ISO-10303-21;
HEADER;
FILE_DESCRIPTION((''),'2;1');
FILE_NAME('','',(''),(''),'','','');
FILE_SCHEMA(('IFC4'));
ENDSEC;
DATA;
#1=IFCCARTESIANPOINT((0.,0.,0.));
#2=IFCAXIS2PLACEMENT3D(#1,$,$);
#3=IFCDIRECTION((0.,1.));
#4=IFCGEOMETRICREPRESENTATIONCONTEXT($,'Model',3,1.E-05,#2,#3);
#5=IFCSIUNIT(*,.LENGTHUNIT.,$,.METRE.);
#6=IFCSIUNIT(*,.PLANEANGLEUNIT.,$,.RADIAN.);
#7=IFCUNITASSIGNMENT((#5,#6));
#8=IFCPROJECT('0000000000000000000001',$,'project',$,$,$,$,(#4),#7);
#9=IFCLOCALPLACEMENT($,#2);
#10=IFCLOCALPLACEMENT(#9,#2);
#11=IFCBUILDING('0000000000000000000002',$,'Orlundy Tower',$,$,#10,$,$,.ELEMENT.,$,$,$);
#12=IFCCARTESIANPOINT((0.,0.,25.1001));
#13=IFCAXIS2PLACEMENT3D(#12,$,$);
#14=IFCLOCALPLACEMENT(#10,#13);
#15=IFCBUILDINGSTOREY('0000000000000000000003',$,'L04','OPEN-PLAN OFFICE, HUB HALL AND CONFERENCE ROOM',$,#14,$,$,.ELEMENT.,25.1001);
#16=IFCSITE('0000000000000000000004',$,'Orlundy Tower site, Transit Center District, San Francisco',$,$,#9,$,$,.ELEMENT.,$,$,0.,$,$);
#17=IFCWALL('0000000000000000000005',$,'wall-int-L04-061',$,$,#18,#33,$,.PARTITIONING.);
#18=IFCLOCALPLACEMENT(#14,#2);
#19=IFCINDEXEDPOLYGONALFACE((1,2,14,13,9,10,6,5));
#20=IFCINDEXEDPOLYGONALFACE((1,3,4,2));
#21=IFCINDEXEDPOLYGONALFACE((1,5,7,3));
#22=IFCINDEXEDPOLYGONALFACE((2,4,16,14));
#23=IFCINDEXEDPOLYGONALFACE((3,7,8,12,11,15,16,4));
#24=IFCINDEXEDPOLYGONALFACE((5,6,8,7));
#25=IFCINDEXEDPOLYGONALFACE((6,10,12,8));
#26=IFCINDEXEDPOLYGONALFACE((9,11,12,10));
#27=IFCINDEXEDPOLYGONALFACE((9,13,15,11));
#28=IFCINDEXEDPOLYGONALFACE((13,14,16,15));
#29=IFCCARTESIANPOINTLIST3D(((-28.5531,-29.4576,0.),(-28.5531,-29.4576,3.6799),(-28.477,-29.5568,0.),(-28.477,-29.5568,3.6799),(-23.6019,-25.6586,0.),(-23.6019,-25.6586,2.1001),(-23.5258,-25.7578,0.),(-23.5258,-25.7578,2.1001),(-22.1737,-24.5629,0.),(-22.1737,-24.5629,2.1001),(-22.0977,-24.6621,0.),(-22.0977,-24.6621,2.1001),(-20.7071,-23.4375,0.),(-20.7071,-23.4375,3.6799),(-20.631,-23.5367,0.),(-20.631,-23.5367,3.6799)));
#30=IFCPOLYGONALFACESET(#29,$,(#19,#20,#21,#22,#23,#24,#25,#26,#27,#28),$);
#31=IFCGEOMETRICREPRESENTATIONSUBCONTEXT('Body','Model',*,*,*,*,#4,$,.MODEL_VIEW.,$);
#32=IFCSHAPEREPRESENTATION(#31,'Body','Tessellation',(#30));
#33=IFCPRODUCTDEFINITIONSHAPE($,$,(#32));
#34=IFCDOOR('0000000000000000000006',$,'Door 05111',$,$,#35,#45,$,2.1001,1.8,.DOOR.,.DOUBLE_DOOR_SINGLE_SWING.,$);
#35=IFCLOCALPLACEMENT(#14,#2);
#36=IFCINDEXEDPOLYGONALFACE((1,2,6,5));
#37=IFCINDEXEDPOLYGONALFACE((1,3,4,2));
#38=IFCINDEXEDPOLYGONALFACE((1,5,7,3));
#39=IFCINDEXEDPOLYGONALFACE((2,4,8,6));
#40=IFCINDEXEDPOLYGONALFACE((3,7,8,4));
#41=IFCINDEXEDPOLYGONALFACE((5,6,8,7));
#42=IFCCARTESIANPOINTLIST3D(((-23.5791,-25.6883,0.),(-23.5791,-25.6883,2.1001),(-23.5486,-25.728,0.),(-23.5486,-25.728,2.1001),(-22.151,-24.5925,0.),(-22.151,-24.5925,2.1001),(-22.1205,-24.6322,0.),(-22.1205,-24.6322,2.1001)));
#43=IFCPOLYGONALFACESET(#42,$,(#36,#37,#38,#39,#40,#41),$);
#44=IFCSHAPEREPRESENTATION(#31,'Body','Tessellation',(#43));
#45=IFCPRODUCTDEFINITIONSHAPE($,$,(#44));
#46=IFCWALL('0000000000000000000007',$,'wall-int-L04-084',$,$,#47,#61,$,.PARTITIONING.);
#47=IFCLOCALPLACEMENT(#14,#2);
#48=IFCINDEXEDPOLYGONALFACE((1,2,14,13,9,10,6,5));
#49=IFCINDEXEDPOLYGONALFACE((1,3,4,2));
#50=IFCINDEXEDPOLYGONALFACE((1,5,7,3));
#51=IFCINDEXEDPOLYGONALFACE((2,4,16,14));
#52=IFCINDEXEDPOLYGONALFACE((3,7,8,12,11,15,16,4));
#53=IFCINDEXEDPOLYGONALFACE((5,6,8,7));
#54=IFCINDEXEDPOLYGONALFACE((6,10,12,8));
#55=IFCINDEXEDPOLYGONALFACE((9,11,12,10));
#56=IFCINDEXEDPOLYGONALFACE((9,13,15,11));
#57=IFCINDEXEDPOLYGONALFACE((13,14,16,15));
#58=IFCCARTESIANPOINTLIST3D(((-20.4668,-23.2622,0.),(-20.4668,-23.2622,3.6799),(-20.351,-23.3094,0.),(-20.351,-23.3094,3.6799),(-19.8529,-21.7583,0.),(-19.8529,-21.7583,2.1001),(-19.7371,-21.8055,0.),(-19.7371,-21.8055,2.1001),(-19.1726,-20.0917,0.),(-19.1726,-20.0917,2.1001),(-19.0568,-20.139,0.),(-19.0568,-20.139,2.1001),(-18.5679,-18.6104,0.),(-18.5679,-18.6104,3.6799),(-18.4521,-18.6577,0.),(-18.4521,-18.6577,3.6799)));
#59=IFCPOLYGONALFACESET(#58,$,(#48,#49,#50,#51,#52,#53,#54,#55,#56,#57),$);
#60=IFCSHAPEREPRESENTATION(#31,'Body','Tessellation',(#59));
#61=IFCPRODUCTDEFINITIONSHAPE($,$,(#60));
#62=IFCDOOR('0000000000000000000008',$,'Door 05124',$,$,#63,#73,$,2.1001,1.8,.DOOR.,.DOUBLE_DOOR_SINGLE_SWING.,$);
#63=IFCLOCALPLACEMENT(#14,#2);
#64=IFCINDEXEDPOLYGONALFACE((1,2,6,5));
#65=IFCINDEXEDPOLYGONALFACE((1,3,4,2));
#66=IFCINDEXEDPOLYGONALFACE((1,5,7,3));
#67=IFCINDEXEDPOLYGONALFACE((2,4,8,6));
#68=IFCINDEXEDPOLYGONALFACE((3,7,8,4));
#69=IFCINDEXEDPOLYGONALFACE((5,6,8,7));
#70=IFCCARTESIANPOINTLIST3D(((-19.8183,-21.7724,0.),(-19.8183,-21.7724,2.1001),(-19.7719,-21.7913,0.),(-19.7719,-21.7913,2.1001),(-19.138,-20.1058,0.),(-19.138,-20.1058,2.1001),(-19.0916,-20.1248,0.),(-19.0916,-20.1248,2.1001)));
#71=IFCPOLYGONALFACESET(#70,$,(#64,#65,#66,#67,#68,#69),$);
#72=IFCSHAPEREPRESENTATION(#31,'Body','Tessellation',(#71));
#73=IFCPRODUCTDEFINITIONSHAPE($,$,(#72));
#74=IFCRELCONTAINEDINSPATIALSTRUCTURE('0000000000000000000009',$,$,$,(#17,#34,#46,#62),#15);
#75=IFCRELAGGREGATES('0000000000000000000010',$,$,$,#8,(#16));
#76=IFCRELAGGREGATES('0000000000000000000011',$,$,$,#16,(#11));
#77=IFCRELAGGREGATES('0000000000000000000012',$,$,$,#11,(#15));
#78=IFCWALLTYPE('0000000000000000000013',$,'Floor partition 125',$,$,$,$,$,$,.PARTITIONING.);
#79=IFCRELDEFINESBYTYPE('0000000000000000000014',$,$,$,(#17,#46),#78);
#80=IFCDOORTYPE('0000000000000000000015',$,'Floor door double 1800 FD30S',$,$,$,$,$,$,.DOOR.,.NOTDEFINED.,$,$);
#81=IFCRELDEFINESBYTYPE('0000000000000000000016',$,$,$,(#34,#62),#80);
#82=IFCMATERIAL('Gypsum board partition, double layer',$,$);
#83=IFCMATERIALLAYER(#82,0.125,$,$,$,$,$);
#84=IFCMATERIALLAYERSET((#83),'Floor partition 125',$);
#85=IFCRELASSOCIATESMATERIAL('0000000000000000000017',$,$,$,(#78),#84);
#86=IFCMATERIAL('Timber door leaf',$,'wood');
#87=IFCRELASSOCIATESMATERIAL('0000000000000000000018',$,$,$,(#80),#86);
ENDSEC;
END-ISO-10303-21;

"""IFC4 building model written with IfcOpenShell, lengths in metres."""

from ifc_helpers import new_model, si_unit, direction, frame, frame_2d, origin, place, context, subcontext, project, spatial, rectangle, extrude, material, layer, layer_set, type_object, element, fill, save


model = new_model("IFC4")

# Units and contexts
model_context = context("Model", 3, precision=1e-05, world=origin(), true_north=direction((0.0, 1.0)))
body_context = subcontext(model_context, "Body", "Model", "MODEL_VIEW")
ifc_project = project(units=[si_unit("LENGTHUNIT", "METRE"), si_unit("PLANEANGLEUNIT", "RADIAN")], contexts=[model_context])

# Site, building, storey
site_placement = place(None, origin())
site = spatial("IfcSite", under=ifc_project, at=site_placement, Name="Orlundy Tower site, Transit Center District, San Francisco", CompositionType="ELEMENT", RefElevation=0.0)
building_placement = place(site_placement, origin())
building = spatial("IfcBuilding", under=site, at=building_placement, Name="Orlundy Tower", CompositionType="ELEMENT")
storey_placement = place(building_placement, frame((0.0, 0.0, 25.1001)))
storey = spatial("IfcBuildingStorey", under=building, at=storey_placement, Name="L04", Description="OPEN-PLAN OFFICE, HUB HALL AND CONFERENCE ROOM", CompositionType="ELEMENT", Elevation=25.1001)

# Shared definitions
ifc_material_1 = material(Name="Gypsum board partition, double layer")
ifc_layer_1 = layer(ifc_material_1, 0.125)
ifc_layer_set_1 = layer_set([ifc_layer_1], Name="Floor partition 125")
wall_type_1 = type_object("IfcWallType", Name="Floor partition 125", PredefinedType="PARTITIONING", material=ifc_layer_set_1)

# Walls, openings, doors
wall_1_placement = place(storey_placement, frame((-20.6689, -23.4871, 0.0), z_axis=(0.0, 0.0, 1.0), x_axis=(-0.793372, -0.608737, 0.0)))
wall_1 = element("IfcWall", 1, at=wall_1_placement, inside=storey, type_object=wall_type_1, Name="wall-int-L04-061", PredefinedType="PARTITIONING", context=body_context, shape_type="SweptSolid", body=[
    extrude(rectangle(XDim=9.8894, YDim=0.125, at=frame_2d((4.9448, 0.0))), origin(), (0.0, 0.0, 1.0), 3.6799),
])
opening_1_placement = place(wall_1_placement, frame((1.8489, 0.0, 0.0)))
opening_1 = element("IfcOpeningElement", 2, at=opening_1_placement, cuts=wall_1, PredefinedType="OPENING", context=body_context, shape_type="SweptSolid", body=[
    extrude(rectangle(XDim=1.8, YDim=2.1001, at=frame_2d((0.8999, 1.05))), frame((0.0, 0.0725, 0.0), z_axis=(0.0, -1.0, 0.0), x_axis=(1.0, 0.0, 0.0)), (0.0, 0.0, 1.0), 0.145),
])
ifc_material_2 = material(Name="Timber door leaf", Category="wood")
door_type = type_object("IfcDoorType", Name="Floor door double 1800 FD30S", OperationType="NOTDEFINED", PredefinedType="DOOR", material=ifc_material_2)
door_1_placement = place(opening_1_placement, origin())
door_1 = element("IfcDoor", 3, at=door_1_placement, inside=storey, type_object=door_type, Name="Door 05111", OperationType="DOUBLE_DOOR_SINGLE_SWING", OverallHeight=2.1001, OverallWidth=1.8, PredefinedType="DOOR", context=body_context, shape_type="SweptSolid", body=[
    extrude(rectangle(XDim=1.8, YDim=2.1001, at=frame_2d((0.8999, 1.05))), frame((0.0, 0.0249, 0.0), z_axis=(0.0, -1.0, 0.0), x_axis=(1.0, 0.0, 0.0)), (0.0, 0.0, 1.0), 0.05),
])
fill(opening_1, door_1)
wall_2_placement = place(storey_placement, frame((-18.51, -18.634, 0.0), z_axis=(0.0, 0.0, 1.0), x_axis=(-0.377933, -0.925833, 0.0)))
wall_2 = element("IfcWall", 4, at=wall_2_placement, inside=storey, type_object=wall_type_1, Name="wall-int-L04-084", PredefinedType="PARTITIONING", context=body_context, shape_type="SweptSolid", body=[
    extrude(rectangle(XDim=5.0244, YDim=0.125, at=frame_2d((2.5122, 0.0))), origin(), (0.0, 0.0, 1.0), 3.6799),
])
opening_2_placement = place(wall_2_placement, frame((1.6001, 0.0, 0.0)))
opening_2 = element("IfcOpeningElement", 5, at=opening_2_placement, cuts=wall_2, PredefinedType="OPENING", context=body_context, shape_type="SweptSolid", body=[
    extrude(rectangle(XDim=1.8, YDim=2.1001, at=frame_2d((0.8999, 1.05))), frame((0.0, 0.0725, 0.0), z_axis=(0.0, -1.0, 0.0), x_axis=(1.0, 0.0, 0.0)), (0.0, 0.0, 1.0), 0.145),
])
door_2_placement = place(opening_2_placement, origin())
door_2 = element("IfcDoor", 6, at=door_2_placement, inside=storey, type_object=door_type, Name="Door 05124", OperationType="DOUBLE_DOOR_SINGLE_SWING", OverallHeight=2.1001, OverallWidth=1.8, PredefinedType="DOOR", context=body_context, shape_type="SweptSolid", body=[
    extrude(rectangle(XDim=1.8, YDim=2.1001, at=frame_2d((0.8999, 1.05))), frame((0.0, 0.0249, 0.0), z_axis=(0.0, -1.0, 0.0), x_axis=(1.0, 0.0, 0.0)), (0.0, 0.0, 1.0), 0.05),
])
fill(opening_2, door_2)

save(model, "model.ifc")
